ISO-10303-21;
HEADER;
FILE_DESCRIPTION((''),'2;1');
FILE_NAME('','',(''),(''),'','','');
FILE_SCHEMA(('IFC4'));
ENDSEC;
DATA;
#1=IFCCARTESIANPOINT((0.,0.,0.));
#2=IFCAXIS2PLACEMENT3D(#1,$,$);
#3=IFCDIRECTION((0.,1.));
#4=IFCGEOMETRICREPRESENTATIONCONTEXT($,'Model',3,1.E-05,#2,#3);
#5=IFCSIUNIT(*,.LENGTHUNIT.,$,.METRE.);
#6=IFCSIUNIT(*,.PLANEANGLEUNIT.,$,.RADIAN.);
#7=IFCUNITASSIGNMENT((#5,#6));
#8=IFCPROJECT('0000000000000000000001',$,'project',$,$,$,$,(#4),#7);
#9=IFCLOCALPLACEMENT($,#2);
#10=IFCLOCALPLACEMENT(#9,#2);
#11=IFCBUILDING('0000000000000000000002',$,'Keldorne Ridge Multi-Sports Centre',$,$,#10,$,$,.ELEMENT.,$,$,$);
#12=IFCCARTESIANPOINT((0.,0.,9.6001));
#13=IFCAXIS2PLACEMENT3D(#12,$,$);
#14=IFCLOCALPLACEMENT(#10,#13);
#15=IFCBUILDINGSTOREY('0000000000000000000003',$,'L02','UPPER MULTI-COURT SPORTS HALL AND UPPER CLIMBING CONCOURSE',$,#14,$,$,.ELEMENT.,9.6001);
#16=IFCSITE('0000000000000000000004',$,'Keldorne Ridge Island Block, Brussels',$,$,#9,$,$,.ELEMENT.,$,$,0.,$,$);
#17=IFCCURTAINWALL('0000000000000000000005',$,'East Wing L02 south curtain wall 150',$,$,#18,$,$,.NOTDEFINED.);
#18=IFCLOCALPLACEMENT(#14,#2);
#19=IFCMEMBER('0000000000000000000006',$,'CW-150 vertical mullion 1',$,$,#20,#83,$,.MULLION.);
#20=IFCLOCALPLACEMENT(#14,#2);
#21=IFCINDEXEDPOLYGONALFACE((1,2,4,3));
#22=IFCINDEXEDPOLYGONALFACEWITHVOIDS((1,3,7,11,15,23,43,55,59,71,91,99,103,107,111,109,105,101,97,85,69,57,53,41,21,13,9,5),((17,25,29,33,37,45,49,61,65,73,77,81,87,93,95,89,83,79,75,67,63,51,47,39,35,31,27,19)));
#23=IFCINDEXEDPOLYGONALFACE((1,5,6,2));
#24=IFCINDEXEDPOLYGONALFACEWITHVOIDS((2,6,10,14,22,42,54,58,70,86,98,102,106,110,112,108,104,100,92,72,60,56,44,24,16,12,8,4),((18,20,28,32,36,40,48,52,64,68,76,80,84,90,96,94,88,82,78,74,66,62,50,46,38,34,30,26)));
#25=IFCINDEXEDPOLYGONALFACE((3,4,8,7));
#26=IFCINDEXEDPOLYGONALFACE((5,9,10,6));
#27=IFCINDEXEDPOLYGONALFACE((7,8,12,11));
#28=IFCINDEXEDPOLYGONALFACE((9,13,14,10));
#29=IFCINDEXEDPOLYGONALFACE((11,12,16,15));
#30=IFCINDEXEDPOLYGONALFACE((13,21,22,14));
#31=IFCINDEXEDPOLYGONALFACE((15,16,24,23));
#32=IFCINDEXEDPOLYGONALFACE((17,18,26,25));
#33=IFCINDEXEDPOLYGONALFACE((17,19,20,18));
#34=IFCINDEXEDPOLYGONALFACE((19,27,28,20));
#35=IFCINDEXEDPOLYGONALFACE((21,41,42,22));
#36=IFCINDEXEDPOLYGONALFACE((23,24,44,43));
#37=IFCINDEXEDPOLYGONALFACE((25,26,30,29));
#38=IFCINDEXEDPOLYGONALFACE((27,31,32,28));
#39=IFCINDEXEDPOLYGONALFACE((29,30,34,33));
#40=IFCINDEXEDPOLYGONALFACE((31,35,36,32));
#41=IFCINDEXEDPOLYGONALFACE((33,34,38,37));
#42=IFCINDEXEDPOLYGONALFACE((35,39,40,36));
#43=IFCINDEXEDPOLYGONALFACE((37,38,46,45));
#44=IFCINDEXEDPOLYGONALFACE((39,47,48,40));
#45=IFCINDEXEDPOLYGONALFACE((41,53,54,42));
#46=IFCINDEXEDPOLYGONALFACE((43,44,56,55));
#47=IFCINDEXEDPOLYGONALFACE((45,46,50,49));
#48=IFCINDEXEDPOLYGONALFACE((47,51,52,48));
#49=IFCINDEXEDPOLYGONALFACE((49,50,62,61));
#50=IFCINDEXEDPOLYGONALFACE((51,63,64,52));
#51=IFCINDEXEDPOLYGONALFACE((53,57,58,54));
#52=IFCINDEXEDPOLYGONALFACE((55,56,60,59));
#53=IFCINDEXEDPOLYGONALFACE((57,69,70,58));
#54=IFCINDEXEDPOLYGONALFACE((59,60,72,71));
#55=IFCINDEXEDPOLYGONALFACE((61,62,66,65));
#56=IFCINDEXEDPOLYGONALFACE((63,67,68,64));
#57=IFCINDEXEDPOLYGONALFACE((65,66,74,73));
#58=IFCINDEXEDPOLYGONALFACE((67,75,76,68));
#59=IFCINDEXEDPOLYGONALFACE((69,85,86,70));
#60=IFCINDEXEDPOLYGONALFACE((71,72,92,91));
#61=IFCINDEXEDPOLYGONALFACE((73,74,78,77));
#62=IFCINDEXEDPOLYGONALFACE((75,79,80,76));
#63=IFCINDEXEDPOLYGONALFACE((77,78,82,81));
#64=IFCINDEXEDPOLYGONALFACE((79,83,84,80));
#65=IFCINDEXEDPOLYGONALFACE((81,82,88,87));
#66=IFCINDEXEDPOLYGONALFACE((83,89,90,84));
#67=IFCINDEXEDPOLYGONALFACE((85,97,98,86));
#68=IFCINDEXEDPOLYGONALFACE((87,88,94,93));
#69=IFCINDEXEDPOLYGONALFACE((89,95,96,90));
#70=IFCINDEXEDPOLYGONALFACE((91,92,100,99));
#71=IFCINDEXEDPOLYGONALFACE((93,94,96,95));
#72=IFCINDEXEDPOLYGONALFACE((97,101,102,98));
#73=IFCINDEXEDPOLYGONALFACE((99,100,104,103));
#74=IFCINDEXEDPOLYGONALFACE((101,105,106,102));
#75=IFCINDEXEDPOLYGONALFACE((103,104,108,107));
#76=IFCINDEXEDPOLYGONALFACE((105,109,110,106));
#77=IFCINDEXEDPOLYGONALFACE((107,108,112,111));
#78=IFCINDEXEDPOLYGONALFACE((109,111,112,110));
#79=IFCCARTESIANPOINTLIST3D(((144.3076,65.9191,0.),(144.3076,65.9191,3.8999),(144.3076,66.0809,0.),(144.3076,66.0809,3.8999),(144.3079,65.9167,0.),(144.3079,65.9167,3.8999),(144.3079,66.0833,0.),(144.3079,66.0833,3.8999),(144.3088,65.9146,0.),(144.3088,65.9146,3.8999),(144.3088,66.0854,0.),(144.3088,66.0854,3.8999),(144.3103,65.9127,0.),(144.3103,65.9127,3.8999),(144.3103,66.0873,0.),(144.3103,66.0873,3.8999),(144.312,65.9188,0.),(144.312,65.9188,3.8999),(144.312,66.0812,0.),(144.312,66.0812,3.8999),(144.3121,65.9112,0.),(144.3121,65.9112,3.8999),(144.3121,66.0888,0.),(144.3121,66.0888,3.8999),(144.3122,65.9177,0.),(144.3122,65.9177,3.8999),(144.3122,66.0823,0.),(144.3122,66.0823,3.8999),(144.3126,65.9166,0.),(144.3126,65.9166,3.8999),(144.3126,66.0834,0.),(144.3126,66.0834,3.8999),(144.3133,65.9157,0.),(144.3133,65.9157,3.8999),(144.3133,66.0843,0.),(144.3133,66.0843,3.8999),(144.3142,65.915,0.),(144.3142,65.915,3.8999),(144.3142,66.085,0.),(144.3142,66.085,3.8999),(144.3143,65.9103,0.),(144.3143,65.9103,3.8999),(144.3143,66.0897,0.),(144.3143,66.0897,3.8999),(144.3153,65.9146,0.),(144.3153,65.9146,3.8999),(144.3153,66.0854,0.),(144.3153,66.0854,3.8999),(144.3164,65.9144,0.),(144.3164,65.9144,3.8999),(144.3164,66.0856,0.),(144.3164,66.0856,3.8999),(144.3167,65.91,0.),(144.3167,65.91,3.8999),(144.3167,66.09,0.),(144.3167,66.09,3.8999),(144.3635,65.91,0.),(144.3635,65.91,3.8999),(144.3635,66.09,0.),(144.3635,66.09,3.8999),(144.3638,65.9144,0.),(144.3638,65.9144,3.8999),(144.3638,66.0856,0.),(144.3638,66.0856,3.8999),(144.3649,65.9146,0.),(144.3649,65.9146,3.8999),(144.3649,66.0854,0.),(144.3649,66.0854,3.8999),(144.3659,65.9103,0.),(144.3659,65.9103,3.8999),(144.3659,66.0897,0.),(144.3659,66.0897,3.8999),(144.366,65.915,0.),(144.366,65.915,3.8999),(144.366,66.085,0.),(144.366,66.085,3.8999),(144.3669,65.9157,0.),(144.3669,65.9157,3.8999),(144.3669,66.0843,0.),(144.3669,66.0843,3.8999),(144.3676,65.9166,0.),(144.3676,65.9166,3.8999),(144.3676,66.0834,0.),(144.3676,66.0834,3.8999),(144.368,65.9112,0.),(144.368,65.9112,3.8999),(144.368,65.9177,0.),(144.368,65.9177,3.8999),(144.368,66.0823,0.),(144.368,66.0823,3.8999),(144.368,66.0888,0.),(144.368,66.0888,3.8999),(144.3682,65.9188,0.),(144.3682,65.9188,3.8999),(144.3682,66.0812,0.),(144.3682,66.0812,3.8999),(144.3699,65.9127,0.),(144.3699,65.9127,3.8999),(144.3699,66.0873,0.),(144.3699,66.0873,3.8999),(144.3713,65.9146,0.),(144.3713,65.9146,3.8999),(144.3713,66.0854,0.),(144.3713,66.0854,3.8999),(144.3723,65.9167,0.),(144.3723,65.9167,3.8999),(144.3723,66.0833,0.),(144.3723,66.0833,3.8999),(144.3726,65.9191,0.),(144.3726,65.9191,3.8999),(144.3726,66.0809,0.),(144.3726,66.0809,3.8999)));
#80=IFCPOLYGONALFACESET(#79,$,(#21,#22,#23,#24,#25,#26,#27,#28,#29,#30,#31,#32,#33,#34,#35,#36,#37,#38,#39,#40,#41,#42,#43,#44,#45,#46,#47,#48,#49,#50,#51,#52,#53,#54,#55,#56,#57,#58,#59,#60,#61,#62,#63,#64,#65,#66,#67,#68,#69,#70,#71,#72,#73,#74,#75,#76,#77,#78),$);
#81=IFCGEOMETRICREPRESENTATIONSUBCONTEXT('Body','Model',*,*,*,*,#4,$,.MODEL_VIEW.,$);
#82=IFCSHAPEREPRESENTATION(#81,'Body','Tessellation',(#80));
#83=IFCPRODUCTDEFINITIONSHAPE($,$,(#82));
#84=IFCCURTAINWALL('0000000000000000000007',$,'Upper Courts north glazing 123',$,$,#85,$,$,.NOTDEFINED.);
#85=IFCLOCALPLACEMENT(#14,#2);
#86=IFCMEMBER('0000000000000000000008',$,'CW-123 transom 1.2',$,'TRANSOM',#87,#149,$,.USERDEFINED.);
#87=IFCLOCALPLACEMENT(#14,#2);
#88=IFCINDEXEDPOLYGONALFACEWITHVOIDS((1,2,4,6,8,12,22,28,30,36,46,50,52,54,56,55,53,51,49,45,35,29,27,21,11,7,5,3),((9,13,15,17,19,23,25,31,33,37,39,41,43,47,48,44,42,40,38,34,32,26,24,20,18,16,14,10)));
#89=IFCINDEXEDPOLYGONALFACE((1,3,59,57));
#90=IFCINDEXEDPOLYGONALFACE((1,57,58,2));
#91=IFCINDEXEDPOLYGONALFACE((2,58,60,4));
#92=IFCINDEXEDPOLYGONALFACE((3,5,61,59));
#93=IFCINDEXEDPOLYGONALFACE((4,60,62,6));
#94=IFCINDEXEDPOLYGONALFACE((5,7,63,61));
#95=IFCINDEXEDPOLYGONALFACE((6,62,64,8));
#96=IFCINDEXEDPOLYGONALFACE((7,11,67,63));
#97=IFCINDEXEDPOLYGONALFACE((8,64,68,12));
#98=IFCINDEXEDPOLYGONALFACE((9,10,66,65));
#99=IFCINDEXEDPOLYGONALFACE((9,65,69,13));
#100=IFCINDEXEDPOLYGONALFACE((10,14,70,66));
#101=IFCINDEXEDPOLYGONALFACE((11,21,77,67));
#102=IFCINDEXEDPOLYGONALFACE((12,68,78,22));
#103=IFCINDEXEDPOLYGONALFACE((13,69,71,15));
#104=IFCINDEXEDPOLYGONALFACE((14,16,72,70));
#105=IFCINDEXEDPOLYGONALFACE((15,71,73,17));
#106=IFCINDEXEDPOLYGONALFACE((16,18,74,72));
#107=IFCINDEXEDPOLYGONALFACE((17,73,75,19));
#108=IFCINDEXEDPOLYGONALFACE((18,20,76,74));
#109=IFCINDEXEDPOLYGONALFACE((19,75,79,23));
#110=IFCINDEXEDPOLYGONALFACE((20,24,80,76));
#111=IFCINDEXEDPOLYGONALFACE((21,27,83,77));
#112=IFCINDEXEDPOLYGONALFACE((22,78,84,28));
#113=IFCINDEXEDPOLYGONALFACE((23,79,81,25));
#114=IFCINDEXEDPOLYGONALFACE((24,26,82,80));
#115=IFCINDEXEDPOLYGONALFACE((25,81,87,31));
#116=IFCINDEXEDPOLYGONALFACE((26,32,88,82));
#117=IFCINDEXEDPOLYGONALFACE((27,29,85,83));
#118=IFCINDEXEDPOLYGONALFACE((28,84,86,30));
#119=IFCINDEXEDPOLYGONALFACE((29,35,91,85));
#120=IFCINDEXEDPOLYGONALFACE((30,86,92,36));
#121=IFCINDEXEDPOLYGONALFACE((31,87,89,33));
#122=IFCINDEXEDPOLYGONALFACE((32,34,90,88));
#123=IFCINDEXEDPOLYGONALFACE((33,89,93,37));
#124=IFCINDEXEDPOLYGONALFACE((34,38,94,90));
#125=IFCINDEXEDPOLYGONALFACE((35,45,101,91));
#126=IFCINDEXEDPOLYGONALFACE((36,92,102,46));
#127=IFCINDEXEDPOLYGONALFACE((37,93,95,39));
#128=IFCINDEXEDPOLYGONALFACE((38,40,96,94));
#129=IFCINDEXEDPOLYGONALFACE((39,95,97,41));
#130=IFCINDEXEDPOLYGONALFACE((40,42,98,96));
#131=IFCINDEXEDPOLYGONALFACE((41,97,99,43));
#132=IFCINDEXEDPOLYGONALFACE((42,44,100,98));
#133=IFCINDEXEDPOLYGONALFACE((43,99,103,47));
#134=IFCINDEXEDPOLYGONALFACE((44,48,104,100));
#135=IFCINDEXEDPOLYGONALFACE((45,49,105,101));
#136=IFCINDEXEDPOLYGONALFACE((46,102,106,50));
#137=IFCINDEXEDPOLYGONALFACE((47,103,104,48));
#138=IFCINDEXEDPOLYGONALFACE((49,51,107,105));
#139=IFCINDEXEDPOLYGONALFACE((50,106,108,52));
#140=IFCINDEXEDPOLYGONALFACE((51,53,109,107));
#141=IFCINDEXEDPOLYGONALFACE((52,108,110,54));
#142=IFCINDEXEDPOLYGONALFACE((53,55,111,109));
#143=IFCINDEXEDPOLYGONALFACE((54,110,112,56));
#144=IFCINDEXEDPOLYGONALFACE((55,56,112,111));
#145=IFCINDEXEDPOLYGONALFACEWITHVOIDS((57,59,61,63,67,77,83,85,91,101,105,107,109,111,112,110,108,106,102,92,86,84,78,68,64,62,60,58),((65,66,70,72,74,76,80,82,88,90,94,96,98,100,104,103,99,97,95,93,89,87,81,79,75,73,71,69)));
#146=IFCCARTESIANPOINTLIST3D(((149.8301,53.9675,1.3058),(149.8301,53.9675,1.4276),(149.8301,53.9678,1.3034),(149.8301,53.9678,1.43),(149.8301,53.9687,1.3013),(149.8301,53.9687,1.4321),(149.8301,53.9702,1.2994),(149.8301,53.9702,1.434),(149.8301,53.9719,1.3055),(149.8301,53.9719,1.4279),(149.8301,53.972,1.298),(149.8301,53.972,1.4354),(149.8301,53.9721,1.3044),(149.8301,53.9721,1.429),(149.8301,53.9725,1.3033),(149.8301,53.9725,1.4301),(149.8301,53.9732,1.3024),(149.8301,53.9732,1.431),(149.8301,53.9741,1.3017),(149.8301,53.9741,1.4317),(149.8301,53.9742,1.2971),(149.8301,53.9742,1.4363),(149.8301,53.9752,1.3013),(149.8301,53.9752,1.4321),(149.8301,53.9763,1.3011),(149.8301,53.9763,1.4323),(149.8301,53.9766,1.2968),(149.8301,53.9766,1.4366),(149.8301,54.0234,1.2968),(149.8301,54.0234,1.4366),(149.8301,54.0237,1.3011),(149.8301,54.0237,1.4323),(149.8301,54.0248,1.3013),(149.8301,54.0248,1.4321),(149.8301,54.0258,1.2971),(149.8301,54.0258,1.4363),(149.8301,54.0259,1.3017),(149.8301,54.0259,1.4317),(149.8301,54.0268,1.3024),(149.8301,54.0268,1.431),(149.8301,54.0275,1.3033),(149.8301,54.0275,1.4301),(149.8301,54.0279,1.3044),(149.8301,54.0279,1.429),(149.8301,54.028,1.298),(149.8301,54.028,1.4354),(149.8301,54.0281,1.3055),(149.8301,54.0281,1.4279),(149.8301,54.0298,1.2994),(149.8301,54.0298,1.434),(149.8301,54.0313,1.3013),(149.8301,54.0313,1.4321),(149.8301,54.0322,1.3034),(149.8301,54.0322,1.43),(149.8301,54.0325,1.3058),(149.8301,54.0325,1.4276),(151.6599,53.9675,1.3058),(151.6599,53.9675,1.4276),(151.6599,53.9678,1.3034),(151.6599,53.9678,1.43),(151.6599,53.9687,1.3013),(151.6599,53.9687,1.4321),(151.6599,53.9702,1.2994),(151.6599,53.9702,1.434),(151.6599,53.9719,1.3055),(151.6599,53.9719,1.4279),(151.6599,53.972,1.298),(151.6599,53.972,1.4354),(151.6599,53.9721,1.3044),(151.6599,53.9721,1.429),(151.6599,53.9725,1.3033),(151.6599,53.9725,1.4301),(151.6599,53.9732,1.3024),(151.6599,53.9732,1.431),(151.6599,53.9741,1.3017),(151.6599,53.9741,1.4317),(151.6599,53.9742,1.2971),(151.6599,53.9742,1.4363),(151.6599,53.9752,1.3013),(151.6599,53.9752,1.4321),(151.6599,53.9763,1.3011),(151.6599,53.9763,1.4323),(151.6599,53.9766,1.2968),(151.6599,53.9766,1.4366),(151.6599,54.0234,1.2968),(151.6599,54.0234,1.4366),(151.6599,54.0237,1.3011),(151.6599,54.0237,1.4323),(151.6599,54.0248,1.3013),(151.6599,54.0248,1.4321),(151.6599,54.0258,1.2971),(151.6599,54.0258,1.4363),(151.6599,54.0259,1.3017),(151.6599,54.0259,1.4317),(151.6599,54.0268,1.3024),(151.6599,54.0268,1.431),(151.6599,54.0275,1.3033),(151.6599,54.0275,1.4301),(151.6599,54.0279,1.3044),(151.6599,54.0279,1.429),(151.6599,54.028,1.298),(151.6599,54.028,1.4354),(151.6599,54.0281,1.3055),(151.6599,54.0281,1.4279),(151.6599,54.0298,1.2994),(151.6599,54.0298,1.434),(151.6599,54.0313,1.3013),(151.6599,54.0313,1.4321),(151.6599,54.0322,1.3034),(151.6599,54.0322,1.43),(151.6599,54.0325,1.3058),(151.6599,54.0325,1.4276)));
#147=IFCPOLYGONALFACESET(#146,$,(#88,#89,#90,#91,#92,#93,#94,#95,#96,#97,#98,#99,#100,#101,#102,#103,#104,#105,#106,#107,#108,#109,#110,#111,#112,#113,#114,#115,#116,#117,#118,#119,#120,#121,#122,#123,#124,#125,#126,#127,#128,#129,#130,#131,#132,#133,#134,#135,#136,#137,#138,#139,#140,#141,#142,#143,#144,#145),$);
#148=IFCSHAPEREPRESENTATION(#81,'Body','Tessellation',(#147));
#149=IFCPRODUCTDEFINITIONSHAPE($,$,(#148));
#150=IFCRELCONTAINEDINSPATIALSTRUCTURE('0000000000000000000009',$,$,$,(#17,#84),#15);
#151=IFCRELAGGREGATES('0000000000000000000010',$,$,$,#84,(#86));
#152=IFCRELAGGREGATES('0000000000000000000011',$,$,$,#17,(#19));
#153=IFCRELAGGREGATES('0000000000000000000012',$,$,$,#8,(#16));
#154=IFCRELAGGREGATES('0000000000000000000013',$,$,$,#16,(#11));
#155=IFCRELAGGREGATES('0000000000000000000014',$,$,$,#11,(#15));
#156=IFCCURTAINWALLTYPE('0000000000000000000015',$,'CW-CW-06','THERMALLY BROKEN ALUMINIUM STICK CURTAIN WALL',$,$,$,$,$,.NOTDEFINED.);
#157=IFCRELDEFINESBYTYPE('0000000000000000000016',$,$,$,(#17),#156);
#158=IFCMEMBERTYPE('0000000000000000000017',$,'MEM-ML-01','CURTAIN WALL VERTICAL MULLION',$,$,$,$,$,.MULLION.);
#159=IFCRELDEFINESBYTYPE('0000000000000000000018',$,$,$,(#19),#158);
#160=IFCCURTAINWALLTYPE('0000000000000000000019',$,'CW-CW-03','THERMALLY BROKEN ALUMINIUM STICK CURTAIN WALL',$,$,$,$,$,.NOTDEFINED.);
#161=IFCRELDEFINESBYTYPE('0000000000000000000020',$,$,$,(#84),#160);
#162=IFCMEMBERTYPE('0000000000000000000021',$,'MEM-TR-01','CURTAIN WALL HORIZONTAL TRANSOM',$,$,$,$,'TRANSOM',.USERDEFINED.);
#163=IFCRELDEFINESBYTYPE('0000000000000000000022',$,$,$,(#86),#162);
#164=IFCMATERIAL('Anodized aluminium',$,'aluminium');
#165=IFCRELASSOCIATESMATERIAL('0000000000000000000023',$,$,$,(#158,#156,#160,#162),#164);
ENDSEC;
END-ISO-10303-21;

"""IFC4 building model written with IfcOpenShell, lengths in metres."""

from ifc_helpers import new_model, si_unit, direction, frame, origin, origin_2d, place, context, subcontext, project, spatial, hollow_rectangle, extrude, material, material_profile, profile_set, type_object, element, aggregate, save


model = new_model("IFC4")

# Units and contexts
model_context = context("Model", 3, precision=1e-05, world=origin(), true_north=direction((0.0, 1.0)))
body_context = subcontext(model_context, "Body", "Model", "MODEL_VIEW")
ifc_project = project(units=[si_unit("LENGTHUNIT", "METRE"), si_unit("PLANEANGLEUNIT", "RADIAN")], contexts=[model_context])

# Site, building, storey
site_placement = place(None, origin())
site = spatial("IfcSite", under=ifc_project, at=site_placement, Name="Keldorne Ridge Island Block, Brussels", CompositionType="ELEMENT", RefElevation=0.0)
building_placement = place(site_placement, origin())
building = spatial("IfcBuilding", under=site, at=building_placement, Name="Keldorne Ridge Multi-Sports Centre", CompositionType="ELEMENT")
storey_placement = place(building_placement, frame((0.0, 0.0, 9.6001)))
storey = spatial("IfcBuildingStorey", under=building, at=storey_placement, Name="L02", Description="UPPER MULTI-COURT SPORTS HALL AND UPPER CLIMBING CONCOURSE", CompositionType="ELEMENT", Elevation=9.6001)

# Shared definitions
ifc_material_1 = material(Name="Anodized aluminium", Category="aluminium")
ifc_material_profile_1 = material_profile(ifc_material_1, hollow_rectangle(XDim=0.0649, YDim=0.1799, WallThickness=0.0044, InnerFilletRadius=0.0044, OuterFilletRadius=0.009, at=origin_2d()), Name="ALU MULLION 180x65x4.5")
ifc_profile_set_1 = profile_set([ifc_material_profile_1], Name="Anodized aluminium")
member_type_1 = type_object("IfcMemberType", Name="MEM-ML-01", Description="CURTAIN WALL VERTICAL MULLION", PredefinedType="MULLION", material=ifc_profile_set_1)

# Curtain wall, member
curtain_wall_type_1 = type_object("IfcCurtainWallType", Name="CW-CW-06", Description="THERMALLY BROKEN ALUMINIUM STICK CURTAIN WALL", PredefinedType="NOTDEFINED", material=ifc_material_1)
curtain_wall_1_placement = place(storey_placement, origin())
curtain_wall_1 = element("IfcCurtainWall", 1, at=curtain_wall_1_placement, inside=storey, type_object=curtain_wall_type_1, Name="East Wing L02 south curtain wall 150", PredefinedType="NOTDEFINED")
member_1_placement = place(storey_placement, frame((144.3401, 66.0, 0.0), z_axis=(0.0, 0.0, 1.0), x_axis=(1.0, 0.0, 0.0)))
member_1 = element("IfcMember", 2, at=member_1_placement, type_object=member_type_1, Name="CW-150 vertical mullion 1", PredefinedType="MULLION", context=body_context, shape_type="SweptSolid", body=[
    extrude(hollow_rectangle(XDim=0.0649, YDim=0.1799, WallThickness=0.0044, InnerFilletRadius=0.0044, OuterFilletRadius=0.009, at=origin_2d()), origin(), (0.0, 0.0, 1.0), 3.8999),
])

# Curtain wall, member
curtain_wall_type_2 = type_object("IfcCurtainWallType", Name="CW-CW-03", Description="THERMALLY BROKEN ALUMINIUM STICK CURTAIN WALL", PredefinedType="NOTDEFINED", material=ifc_material_1)
curtain_wall_2_placement = place(storey_placement, origin())
curtain_wall_2 = element("IfcCurtainWall", 3, at=curtain_wall_2_placement, inside=storey, type_object=curtain_wall_type_2, Name="Upper Courts north glazing 123", PredefinedType="NOTDEFINED")
ifc_material_profile_2 = material_profile(ifc_material_1, hollow_rectangle(XDim=0.0649, YDim=0.1399, WallThickness=0.0044, InnerFilletRadius=0.0044, OuterFilletRadius=0.009, at=origin_2d()), Name="ALU TRANSOM 140x65x4.5")
ifc_profile_set_2 = profile_set([ifc_material_profile_2], Name="Anodized aluminium")
member_type_2 = type_object("IfcMemberType", Name="MEM-TR-01", Description="CURTAIN WALL HORIZONTAL TRANSOM", ElementType="TRANSOM", PredefinedType="USERDEFINED", material=ifc_profile_set_2)
member_2_placement = place(storey_placement, frame((151.6599, 54.0, 1.3667), z_axis=(-1.0, 0.0, 0.0), x_axis=(0.0, -1.0, 0.0)))
member_2 = element("IfcMember", 4, at=member_2_placement, type_object=member_type_2, Name="CW-123 transom 1.2", ObjectType="TRANSOM", PredefinedType="USERDEFINED", context=body_context, shape_type="SweptSolid", body=[
    extrude(hollow_rectangle(XDim=0.0649, YDim=0.1399, WallThickness=0.0044, InnerFilletRadius=0.0044, OuterFilletRadius=0.009, at=origin_2d()), origin(), (0.0, 0.0, 1.0), 1.8298),
])
aggregate(curtain_wall_2, [member_2])

aggregate(curtain_wall_1, [member_1])

save(model, "model.ifc")
